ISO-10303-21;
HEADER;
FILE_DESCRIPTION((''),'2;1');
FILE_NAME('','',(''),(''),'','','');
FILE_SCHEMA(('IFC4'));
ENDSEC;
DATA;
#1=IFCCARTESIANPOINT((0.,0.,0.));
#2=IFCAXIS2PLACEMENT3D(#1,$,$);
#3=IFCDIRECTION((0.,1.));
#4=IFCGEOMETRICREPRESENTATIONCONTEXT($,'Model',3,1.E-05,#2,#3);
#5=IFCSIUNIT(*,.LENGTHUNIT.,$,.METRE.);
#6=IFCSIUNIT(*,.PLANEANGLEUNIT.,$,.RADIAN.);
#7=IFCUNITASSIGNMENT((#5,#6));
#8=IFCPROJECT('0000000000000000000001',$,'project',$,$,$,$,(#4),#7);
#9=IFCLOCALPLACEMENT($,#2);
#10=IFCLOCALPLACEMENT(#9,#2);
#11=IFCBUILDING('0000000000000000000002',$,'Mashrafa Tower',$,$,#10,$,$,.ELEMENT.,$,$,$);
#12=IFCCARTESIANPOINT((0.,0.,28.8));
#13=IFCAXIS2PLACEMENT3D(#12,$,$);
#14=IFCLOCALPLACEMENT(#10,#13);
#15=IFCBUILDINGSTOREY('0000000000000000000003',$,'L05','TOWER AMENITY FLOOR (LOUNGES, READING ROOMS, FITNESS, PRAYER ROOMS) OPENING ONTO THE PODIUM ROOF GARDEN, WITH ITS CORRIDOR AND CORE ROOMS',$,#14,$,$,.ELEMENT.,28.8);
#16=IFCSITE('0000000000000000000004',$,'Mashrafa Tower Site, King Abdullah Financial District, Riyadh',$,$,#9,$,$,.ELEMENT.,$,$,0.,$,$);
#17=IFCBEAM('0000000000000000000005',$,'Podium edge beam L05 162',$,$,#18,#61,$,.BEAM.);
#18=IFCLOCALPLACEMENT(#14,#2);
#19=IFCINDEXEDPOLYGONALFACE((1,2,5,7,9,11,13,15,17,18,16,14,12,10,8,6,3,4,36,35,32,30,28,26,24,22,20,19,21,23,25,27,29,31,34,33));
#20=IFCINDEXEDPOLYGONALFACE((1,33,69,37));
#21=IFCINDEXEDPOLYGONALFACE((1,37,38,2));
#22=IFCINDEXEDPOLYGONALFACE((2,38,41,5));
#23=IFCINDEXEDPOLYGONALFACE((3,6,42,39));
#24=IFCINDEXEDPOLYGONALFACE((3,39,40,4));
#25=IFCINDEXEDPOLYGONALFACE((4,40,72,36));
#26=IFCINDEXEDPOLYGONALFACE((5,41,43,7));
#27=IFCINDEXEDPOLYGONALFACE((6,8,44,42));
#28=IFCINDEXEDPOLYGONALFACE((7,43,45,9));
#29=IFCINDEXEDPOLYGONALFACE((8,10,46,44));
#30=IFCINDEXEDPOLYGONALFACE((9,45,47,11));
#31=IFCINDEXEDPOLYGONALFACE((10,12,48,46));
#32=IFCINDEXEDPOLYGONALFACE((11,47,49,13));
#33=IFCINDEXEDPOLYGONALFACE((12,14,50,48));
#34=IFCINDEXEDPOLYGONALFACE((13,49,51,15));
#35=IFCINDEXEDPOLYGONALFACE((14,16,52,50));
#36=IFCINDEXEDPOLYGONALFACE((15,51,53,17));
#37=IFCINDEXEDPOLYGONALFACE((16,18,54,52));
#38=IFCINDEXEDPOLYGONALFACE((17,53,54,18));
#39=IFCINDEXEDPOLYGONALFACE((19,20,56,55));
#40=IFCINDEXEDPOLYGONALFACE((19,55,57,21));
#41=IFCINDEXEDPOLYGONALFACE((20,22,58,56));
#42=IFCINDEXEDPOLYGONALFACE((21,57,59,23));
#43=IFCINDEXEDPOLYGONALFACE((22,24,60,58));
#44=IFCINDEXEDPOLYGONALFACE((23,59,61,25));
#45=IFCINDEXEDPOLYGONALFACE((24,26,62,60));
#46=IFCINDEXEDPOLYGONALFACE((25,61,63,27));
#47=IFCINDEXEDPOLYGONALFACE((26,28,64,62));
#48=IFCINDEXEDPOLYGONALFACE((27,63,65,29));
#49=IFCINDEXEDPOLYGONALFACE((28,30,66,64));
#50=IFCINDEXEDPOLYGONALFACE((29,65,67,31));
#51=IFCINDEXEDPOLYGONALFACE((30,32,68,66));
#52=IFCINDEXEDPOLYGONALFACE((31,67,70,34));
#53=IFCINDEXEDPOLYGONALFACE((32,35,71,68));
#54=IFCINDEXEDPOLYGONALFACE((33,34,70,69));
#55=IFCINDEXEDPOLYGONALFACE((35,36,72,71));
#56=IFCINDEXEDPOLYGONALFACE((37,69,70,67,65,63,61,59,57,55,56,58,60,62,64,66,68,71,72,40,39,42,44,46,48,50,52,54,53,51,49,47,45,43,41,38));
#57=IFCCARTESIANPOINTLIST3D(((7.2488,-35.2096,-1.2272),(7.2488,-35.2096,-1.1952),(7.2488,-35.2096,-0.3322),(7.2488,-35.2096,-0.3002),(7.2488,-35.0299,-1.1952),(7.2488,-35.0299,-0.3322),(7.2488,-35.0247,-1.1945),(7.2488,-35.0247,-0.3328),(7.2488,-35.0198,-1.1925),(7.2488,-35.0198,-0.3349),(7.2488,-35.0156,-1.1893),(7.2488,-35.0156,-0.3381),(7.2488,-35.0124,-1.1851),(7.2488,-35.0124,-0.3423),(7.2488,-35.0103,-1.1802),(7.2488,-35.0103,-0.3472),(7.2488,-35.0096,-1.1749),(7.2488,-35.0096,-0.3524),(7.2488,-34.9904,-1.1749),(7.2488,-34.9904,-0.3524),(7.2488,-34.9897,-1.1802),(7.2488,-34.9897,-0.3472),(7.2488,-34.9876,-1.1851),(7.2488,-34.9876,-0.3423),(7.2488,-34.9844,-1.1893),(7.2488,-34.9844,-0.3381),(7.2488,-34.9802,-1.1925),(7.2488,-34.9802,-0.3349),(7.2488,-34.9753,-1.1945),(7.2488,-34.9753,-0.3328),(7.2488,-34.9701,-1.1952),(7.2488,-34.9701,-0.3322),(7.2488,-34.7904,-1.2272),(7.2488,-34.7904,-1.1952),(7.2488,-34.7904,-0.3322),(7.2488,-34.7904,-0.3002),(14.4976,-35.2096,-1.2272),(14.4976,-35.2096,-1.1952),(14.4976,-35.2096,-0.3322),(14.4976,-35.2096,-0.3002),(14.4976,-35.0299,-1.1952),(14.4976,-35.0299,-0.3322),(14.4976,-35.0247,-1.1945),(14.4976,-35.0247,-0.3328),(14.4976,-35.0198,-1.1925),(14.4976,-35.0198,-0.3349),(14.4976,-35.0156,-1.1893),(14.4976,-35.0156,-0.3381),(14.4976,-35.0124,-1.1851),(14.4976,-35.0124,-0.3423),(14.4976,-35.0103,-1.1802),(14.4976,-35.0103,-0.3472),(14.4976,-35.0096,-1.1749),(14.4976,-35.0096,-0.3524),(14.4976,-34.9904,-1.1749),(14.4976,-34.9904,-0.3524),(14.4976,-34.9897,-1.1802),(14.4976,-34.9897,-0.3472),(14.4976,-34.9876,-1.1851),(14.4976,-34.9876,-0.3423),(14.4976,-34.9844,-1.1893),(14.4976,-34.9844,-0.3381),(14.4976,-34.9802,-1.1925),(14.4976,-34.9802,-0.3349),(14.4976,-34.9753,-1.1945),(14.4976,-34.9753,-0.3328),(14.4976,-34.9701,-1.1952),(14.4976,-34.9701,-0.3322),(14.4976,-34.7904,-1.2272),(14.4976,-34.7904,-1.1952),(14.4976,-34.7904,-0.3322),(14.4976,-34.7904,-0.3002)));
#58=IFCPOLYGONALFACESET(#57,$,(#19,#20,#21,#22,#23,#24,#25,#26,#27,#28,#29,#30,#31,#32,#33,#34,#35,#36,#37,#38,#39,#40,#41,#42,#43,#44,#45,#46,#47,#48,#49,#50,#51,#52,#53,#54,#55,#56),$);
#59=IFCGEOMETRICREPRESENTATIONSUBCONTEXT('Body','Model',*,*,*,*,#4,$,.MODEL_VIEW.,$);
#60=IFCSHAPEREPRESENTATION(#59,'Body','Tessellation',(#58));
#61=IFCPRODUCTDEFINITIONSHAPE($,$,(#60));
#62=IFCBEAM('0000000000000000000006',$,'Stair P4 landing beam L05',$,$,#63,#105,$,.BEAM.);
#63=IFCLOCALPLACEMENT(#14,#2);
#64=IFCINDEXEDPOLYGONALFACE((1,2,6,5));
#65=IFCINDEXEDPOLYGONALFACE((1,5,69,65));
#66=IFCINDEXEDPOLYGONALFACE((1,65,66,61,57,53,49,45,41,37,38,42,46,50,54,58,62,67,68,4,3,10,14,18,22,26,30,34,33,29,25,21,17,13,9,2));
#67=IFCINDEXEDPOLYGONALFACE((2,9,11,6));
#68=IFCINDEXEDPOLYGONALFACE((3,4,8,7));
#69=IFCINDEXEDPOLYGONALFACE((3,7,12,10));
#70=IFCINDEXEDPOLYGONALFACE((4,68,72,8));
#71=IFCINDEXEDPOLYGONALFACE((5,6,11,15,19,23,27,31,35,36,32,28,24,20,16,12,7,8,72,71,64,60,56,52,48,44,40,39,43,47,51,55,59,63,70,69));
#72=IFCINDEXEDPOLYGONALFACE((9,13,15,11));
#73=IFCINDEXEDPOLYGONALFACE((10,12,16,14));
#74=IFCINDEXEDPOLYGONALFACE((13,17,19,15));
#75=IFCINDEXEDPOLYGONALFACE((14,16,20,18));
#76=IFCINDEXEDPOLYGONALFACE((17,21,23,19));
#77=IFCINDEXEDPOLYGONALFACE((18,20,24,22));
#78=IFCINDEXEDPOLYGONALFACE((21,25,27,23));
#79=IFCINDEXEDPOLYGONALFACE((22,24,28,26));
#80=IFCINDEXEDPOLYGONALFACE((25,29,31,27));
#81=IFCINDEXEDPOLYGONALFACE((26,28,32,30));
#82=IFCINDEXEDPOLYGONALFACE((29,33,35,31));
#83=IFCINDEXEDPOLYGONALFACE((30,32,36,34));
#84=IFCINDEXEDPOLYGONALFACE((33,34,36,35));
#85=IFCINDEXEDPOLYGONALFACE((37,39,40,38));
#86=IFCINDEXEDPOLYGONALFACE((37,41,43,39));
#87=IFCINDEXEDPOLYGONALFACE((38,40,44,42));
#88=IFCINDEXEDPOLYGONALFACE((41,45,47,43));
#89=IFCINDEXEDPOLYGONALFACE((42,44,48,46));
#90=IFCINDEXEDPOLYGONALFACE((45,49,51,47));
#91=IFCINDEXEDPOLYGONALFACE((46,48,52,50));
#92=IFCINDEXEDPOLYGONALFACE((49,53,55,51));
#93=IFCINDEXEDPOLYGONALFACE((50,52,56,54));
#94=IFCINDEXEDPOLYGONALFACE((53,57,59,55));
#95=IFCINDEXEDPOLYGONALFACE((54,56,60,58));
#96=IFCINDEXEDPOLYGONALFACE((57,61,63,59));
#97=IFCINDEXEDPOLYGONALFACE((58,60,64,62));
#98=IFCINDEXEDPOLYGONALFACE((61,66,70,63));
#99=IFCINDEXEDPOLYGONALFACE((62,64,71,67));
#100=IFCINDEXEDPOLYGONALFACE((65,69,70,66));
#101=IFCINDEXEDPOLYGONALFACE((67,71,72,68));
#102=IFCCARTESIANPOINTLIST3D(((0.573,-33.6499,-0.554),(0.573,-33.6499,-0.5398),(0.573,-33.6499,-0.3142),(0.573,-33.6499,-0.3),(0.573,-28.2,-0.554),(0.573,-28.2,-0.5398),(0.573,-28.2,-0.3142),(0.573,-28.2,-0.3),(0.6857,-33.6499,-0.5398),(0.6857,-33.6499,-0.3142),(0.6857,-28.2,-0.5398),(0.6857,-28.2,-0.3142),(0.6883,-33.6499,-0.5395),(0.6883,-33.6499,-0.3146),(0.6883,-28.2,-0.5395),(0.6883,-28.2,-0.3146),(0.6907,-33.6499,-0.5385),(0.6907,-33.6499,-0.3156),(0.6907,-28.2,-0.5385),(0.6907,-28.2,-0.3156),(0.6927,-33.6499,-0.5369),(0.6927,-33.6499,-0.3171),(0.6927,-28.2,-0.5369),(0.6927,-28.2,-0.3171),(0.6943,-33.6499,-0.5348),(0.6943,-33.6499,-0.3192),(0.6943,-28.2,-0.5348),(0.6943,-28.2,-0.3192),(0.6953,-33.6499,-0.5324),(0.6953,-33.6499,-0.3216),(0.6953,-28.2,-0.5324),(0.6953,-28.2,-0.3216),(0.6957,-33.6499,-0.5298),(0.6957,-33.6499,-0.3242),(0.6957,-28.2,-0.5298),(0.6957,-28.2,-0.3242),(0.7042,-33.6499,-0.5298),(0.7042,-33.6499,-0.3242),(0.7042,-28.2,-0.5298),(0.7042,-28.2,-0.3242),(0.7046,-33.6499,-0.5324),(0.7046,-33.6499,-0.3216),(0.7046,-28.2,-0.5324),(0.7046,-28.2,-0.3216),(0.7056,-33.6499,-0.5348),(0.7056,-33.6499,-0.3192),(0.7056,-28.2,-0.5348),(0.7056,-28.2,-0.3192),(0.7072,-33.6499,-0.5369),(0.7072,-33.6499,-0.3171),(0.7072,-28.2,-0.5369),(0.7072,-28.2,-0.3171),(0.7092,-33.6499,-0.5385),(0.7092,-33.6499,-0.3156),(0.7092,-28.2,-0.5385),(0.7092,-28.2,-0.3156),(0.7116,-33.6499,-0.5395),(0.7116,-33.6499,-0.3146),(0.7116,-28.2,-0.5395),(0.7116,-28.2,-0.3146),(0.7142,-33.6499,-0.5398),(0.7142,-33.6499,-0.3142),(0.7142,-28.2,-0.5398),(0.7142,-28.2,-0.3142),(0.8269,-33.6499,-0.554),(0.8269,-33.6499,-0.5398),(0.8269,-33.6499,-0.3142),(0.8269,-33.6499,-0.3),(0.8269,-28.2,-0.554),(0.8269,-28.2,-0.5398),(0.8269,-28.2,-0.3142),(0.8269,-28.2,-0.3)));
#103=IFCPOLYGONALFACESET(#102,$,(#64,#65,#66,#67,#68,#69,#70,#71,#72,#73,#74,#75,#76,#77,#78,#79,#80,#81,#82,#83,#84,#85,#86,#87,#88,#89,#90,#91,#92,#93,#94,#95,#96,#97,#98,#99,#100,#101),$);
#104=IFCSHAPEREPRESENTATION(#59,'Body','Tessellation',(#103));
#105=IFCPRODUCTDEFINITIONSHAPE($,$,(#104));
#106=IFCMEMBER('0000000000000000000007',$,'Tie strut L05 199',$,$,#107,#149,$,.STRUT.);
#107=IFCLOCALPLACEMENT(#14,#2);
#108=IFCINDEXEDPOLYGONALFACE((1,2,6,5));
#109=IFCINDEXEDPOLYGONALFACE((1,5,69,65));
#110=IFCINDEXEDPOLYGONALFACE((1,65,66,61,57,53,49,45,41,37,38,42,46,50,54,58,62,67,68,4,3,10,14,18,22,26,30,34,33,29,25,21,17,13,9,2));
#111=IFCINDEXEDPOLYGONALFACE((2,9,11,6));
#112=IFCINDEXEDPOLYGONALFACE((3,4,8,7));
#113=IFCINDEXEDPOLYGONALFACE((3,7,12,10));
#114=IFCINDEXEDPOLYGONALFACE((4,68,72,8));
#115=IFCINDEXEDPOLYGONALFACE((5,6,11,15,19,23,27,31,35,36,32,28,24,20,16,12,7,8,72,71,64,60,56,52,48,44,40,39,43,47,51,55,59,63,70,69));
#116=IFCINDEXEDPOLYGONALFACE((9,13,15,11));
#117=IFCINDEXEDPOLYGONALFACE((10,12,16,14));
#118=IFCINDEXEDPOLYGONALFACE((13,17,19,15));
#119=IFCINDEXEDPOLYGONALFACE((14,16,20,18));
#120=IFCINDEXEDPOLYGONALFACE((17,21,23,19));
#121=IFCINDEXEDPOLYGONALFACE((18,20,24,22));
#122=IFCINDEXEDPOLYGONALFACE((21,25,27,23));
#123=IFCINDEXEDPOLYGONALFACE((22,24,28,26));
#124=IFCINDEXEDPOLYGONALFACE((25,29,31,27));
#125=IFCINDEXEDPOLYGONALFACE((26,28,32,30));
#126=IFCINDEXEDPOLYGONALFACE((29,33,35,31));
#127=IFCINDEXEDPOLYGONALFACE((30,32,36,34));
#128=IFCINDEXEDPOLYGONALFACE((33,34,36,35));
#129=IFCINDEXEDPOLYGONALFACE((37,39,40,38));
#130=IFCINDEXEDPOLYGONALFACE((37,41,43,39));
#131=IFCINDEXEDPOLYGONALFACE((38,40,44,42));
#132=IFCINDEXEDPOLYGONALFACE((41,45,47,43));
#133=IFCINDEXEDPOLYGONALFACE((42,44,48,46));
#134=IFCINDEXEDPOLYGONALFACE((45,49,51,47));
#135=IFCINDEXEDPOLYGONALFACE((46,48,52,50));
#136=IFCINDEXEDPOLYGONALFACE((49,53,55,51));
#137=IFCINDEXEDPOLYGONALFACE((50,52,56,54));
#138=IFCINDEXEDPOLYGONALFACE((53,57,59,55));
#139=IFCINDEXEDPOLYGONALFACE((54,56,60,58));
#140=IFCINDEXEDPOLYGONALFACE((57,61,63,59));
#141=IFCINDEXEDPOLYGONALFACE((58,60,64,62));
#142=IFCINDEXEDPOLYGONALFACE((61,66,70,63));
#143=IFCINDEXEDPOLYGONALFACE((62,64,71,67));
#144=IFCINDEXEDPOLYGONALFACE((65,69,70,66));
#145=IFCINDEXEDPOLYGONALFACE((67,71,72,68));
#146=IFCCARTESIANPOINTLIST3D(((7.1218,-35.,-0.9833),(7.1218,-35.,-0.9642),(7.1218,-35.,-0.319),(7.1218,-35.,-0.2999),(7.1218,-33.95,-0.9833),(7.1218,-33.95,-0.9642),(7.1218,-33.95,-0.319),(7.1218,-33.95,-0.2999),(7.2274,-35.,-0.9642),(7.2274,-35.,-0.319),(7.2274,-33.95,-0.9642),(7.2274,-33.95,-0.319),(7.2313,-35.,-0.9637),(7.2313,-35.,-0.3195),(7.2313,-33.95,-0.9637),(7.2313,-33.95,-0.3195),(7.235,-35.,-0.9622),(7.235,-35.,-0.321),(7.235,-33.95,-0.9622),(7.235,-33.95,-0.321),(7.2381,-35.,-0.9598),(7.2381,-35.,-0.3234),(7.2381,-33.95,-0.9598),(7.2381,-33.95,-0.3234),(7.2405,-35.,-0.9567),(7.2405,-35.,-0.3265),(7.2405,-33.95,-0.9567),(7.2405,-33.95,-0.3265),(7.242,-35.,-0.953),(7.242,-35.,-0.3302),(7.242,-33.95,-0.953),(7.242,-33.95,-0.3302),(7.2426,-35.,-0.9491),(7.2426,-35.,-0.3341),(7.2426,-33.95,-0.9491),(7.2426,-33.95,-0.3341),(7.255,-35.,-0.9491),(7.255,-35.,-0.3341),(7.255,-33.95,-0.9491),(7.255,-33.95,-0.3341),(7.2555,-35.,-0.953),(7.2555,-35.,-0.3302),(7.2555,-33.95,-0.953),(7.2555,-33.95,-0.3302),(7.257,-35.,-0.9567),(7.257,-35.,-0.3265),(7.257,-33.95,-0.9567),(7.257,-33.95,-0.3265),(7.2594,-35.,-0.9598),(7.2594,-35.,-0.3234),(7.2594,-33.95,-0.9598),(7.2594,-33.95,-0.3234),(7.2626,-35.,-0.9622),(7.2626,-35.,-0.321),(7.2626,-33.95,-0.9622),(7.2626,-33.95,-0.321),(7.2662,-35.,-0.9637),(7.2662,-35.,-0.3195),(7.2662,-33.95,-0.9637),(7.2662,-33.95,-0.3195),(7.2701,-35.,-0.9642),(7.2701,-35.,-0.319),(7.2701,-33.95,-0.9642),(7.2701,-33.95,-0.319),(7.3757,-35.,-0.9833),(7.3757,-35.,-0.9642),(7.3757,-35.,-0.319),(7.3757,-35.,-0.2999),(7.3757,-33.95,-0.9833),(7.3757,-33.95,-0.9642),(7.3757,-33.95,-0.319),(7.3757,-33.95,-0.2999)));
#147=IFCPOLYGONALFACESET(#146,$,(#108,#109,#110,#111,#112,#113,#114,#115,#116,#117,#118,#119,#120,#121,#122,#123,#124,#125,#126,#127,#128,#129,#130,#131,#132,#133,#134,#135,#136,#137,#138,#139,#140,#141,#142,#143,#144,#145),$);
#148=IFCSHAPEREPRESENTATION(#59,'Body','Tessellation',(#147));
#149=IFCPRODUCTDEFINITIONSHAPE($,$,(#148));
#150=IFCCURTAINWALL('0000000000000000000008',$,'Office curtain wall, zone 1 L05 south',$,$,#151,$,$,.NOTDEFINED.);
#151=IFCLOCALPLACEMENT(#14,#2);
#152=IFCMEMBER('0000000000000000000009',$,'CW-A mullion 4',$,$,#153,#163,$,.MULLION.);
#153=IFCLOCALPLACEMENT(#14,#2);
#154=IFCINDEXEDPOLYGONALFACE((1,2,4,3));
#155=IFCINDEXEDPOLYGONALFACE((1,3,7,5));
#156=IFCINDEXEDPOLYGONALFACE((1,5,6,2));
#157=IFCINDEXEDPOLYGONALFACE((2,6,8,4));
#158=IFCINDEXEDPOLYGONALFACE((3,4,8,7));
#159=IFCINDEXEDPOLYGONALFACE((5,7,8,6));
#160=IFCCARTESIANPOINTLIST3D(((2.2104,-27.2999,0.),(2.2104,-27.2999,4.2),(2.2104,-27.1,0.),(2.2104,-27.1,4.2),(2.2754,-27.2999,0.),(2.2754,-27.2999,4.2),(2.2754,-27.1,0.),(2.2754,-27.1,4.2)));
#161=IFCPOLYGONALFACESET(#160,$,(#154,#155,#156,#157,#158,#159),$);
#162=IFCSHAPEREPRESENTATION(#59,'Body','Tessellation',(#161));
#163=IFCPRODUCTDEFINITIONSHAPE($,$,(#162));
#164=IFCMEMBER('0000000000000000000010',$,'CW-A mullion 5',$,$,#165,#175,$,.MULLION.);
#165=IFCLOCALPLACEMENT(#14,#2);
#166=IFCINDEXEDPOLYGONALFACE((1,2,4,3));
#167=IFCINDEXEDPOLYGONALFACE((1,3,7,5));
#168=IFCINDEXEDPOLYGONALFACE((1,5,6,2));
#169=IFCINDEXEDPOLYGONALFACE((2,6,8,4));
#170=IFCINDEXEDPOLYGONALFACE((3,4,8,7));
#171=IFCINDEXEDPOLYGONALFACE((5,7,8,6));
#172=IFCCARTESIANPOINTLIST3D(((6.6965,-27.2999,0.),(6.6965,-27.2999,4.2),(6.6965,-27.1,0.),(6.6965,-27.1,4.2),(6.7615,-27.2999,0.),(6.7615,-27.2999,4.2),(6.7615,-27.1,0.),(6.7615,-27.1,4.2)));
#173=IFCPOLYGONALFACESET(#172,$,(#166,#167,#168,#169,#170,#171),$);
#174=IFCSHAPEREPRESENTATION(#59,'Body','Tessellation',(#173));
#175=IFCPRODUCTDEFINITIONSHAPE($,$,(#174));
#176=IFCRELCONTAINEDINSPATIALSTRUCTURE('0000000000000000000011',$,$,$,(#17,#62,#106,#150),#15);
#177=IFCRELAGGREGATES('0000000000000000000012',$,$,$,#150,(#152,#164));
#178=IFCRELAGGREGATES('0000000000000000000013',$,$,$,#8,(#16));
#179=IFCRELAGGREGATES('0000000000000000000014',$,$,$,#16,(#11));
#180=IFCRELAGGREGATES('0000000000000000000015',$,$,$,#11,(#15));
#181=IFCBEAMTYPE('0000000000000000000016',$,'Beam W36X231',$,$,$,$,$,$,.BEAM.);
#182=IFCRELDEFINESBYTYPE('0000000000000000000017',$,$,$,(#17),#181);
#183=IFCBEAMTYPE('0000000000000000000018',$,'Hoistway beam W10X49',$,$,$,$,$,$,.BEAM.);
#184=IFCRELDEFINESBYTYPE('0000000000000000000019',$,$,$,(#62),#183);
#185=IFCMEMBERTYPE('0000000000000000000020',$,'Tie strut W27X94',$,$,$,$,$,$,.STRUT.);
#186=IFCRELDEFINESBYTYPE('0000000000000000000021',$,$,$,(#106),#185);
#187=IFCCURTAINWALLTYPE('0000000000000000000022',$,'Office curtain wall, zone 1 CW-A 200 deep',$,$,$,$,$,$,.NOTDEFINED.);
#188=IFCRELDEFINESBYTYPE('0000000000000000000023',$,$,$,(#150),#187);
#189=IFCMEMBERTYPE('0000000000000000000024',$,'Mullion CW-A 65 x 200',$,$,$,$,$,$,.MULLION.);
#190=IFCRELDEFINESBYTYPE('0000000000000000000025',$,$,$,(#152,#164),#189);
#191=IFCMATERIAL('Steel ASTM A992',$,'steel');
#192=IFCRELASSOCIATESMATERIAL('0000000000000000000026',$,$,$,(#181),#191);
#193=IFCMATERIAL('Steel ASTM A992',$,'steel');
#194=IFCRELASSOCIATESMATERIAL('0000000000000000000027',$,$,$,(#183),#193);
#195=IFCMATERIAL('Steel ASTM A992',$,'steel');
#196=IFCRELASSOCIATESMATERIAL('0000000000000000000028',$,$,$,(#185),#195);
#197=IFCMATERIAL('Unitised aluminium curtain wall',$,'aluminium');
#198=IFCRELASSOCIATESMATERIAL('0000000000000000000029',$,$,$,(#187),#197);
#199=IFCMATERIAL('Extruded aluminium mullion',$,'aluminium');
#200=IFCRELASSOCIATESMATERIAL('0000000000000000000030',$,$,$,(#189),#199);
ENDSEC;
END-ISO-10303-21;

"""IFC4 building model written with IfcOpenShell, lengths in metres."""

from ifc_helpers import new_model, si_unit, direction, frame, origin, origin_2d, place, context, subcontext, project, spatial, rectangle, i_section, extrude, source, transform, mapped, material, material_profile, profile_set, type_object, type_shapes, element, aggregate, save


model = new_model("IFC4")

# Units and contexts
model_context = context("Model", 3, precision=1e-05, world=origin(), true_north=direction((0.0, 1.0)))
body_context = subcontext(model_context, "Body", "Model", "MODEL_VIEW")
ifc_project = project(units=[si_unit("LENGTHUNIT", "METRE"), si_unit("PLANEANGLEUNIT", "RADIAN")], contexts=[model_context])

# Site, building, storey
site_placement = place(None, origin())
site = spatial("IfcSite", under=ifc_project, at=site_placement, Name="Mashrafa Tower Site, King Abdullah Financial District, Riyadh", CompositionType="ELEMENT", RefElevation=0.0)
building_placement = place(site_placement, origin())
building = spatial("IfcBuilding", under=site, at=building_placement, Name="Mashrafa Tower", CompositionType="ELEMENT")
storey_placement = place(building_placement, frame((0.0, 0.0, 28.8)))
storey = spatial("IfcBuildingStorey", under=building, at=storey_placement, Name="L05", Description="TOWER AMENITY FLOOR (LOUNGES, READING ROOMS, FITNESS, PRAYER ROOMS) OPENING ONTO THE PODIUM ROOF GARDEN, WITH ITS CORRIDOR AND CORE ROOMS", CompositionType="ELEMENT", Elevation=28.8)

# Beams
ifc_material_1 = material(Name="Steel ASTM A992", Category="steel")
ifc_material_profile_1 = material_profile(ifc_material_1, i_section(OverallWidth=0.4192, OverallDepth=0.927, WebThickness=0.0193, FlangeThickness=0.032, FilletRadius=0.0203, at=origin_2d()), Name="W36X231")
ifc_profile_set_1 = profile_set([ifc_material_profile_1], Name="Steel ASTM A992")
beam_type_1 = type_object("IfcBeamType", Name="Beam W36X231", PredefinedType="BEAM", material=ifc_profile_set_1)
beam_1_placement = place(storey_placement, frame((7.2488, -35.0, -0.7637), z_axis=(1.0, 0.0, 0.0), x_axis=(0.0, 1.0, 0.0)))
element("IfcBeam", 1, at=beam_1_placement, inside=storey, type_object=beam_type_1, Name="Podium edge beam L05 162", PredefinedType="BEAM", context=body_context, shape_type="SweptSolid", body=[
    extrude(i_section(OverallWidth=0.4192, OverallDepth=0.927, WebThickness=0.0193, FlangeThickness=0.032, FilletRadius=0.0203, at=origin_2d()), origin(), (0.0, 0.0, 1.0), 7.2488),
])
ifc_material_2 = material(Name="Steel ASTM A992", Category="steel")
ifc_material_profile_2 = material_profile(ifc_material_2, i_section(OverallWidth=0.2539, OverallDepth=0.2539, WebThickness=0.0085, FlangeThickness=0.0142, FilletRadius=0.01, at=origin_2d()), Name="W10X49")
ifc_profile_set_2 = profile_set([ifc_material_profile_2], Name="Steel ASTM A992")
beam_type_2 = type_object("IfcBeamType", Name="Hoistway beam W10X49", PredefinedType="BEAM", material=ifc_profile_set_2)
beam_2_placement = place(storey_placement, frame((0.7, -33.6499, -0.427), z_axis=(0.0, 1.0, 0.0), x_axis=(-1.0, 0.0, 0.0)))
element("IfcBeam", 2, at=beam_2_placement, inside=storey, type_object=beam_type_2, Name="Stair P4 landing beam L05", PredefinedType="BEAM", context=body_context, shape_type="SweptSolid", body=[
    extrude(i_section(OverallWidth=0.2539, OverallDepth=0.2539, WebThickness=0.0085, FlangeThickness=0.0142, FilletRadius=0.01, at=origin_2d()), origin(), (0.0, 0.0, 1.0), 5.45),
])

# Member
ifc_material_3 = material(Name="Steel ASTM A992", Category="steel")
ifc_material_profile_3 = material_profile(ifc_material_3, i_section(OverallWidth=0.2539, OverallDepth=0.6833, WebThickness=0.0125, FlangeThickness=0.019, FilletRadius=0.0151, at=origin_2d()), Name="W27X94")
ifc_profile_set_3 = profile_set([ifc_material_profile_3], Name="Steel ASTM A992")
member_type_1 = type_object("IfcMemberType", Name="Tie strut W27X94", PredefinedType="STRUT", material=ifc_profile_set_3)
shared_shape_1 = source(origin(), body_context, "Body", "SweptSolid", [
    extrude(i_section(OverallWidth=0.2539, OverallDepth=0.6833, WebThickness=0.0125, FlangeThickness=0.019, FilletRadius=0.0151, at=origin_2d()), origin(), (0.0, 0.0, 1.0), 1.05),
])
type_shapes(member_type_1, [shared_shape_1])
member_1_placement = place(storey_placement, frame((7.2488, -33.95, -0.6416), z_axis=(0.0, -1.0, 0.0), x_axis=(1.0, 0.0, 0.0)))
element("IfcMember", 3, at=member_1_placement, inside=storey, type_object=member_type_1, Name="Tie strut L05 199", PredefinedType="STRUT", context=body_context, shape_type="MappedRepresentation", body=[
    mapped(shared_shape_1, transform((0.0, 0.0, 0.0))),
])

# Curtain wall, members
ifc_material_4 = material(Name="Unitised aluminium curtain wall", Category="aluminium")
curtain_wall_type = type_object("IfcCurtainWallType", Name="Office curtain wall, zone 1 CW-A 200 deep", PredefinedType="NOTDEFINED", material=ifc_material_4)
curtain_wall_placement = place(storey_placement, origin())
curtain_wall = element("IfcCurtainWall", 4, at=curtain_wall_placement, inside=storey, type_object=curtain_wall_type, Name="Office curtain wall, zone 1 L05 south", PredefinedType="NOTDEFINED")
ifc_material_5 = material(Name="Extruded aluminium mullion", Category="aluminium")
ifc_material_profile_4 = material_profile(ifc_material_5, rectangle(XDim=0.2, YDim=0.0649, at=origin_2d()), Name="Mullion 65x200")
ifc_profile_set_4 = profile_set([ifc_material_profile_4], Name="Extruded aluminium mullion")
member_type_2 = type_object("IfcMemberType", Name="Mullion CW-A 65 x 200", PredefinedType="MULLION", material=ifc_profile_set_4)
shared_shape_2 = source(origin(), body_context, "Body", "SweptSolid", [
    extrude(rectangle(XDim=0.2, YDim=0.0649, at=origin_2d()), origin(), (0.0, 0.0, 1.0), 4.2),
])
type_shapes(member_type_2, [shared_shape_2])
member_2_placement = place(storey_placement, frame((2.2429, -27.2, 0.0), z_axis=(0.0, 0.0, 1.0), x_axis=(0.0, 1.0, 0.0)))
member_2 = element("IfcMember", 5, at=member_2_placement, type_object=member_type_2, Name="CW-A mullion 4", PredefinedType="MULLION", context=body_context, shape_type="MappedRepresentation", body=[
    mapped(shared_shape_2, transform((0.0, 0.0, 0.0))),
])
member_3_placement = place(storey_placement, frame((6.729, -27.2, 0.0), z_axis=(0.0, 0.0, 1.0), x_axis=(0.0, 1.0, 0.0)))
member_3 = element("IfcMember", 6, at=member_3_placement, type_object=member_type_2, Name="CW-A mullion 5", PredefinedType="MULLION", context=body_context, shape_type="MappedRepresentation", body=[
    mapped(shared_shape_2, transform((0.0, 0.0, 0.0))),
])
aggregate(curtain_wall, [member_2, member_3])

save(model, "model.ifc")
